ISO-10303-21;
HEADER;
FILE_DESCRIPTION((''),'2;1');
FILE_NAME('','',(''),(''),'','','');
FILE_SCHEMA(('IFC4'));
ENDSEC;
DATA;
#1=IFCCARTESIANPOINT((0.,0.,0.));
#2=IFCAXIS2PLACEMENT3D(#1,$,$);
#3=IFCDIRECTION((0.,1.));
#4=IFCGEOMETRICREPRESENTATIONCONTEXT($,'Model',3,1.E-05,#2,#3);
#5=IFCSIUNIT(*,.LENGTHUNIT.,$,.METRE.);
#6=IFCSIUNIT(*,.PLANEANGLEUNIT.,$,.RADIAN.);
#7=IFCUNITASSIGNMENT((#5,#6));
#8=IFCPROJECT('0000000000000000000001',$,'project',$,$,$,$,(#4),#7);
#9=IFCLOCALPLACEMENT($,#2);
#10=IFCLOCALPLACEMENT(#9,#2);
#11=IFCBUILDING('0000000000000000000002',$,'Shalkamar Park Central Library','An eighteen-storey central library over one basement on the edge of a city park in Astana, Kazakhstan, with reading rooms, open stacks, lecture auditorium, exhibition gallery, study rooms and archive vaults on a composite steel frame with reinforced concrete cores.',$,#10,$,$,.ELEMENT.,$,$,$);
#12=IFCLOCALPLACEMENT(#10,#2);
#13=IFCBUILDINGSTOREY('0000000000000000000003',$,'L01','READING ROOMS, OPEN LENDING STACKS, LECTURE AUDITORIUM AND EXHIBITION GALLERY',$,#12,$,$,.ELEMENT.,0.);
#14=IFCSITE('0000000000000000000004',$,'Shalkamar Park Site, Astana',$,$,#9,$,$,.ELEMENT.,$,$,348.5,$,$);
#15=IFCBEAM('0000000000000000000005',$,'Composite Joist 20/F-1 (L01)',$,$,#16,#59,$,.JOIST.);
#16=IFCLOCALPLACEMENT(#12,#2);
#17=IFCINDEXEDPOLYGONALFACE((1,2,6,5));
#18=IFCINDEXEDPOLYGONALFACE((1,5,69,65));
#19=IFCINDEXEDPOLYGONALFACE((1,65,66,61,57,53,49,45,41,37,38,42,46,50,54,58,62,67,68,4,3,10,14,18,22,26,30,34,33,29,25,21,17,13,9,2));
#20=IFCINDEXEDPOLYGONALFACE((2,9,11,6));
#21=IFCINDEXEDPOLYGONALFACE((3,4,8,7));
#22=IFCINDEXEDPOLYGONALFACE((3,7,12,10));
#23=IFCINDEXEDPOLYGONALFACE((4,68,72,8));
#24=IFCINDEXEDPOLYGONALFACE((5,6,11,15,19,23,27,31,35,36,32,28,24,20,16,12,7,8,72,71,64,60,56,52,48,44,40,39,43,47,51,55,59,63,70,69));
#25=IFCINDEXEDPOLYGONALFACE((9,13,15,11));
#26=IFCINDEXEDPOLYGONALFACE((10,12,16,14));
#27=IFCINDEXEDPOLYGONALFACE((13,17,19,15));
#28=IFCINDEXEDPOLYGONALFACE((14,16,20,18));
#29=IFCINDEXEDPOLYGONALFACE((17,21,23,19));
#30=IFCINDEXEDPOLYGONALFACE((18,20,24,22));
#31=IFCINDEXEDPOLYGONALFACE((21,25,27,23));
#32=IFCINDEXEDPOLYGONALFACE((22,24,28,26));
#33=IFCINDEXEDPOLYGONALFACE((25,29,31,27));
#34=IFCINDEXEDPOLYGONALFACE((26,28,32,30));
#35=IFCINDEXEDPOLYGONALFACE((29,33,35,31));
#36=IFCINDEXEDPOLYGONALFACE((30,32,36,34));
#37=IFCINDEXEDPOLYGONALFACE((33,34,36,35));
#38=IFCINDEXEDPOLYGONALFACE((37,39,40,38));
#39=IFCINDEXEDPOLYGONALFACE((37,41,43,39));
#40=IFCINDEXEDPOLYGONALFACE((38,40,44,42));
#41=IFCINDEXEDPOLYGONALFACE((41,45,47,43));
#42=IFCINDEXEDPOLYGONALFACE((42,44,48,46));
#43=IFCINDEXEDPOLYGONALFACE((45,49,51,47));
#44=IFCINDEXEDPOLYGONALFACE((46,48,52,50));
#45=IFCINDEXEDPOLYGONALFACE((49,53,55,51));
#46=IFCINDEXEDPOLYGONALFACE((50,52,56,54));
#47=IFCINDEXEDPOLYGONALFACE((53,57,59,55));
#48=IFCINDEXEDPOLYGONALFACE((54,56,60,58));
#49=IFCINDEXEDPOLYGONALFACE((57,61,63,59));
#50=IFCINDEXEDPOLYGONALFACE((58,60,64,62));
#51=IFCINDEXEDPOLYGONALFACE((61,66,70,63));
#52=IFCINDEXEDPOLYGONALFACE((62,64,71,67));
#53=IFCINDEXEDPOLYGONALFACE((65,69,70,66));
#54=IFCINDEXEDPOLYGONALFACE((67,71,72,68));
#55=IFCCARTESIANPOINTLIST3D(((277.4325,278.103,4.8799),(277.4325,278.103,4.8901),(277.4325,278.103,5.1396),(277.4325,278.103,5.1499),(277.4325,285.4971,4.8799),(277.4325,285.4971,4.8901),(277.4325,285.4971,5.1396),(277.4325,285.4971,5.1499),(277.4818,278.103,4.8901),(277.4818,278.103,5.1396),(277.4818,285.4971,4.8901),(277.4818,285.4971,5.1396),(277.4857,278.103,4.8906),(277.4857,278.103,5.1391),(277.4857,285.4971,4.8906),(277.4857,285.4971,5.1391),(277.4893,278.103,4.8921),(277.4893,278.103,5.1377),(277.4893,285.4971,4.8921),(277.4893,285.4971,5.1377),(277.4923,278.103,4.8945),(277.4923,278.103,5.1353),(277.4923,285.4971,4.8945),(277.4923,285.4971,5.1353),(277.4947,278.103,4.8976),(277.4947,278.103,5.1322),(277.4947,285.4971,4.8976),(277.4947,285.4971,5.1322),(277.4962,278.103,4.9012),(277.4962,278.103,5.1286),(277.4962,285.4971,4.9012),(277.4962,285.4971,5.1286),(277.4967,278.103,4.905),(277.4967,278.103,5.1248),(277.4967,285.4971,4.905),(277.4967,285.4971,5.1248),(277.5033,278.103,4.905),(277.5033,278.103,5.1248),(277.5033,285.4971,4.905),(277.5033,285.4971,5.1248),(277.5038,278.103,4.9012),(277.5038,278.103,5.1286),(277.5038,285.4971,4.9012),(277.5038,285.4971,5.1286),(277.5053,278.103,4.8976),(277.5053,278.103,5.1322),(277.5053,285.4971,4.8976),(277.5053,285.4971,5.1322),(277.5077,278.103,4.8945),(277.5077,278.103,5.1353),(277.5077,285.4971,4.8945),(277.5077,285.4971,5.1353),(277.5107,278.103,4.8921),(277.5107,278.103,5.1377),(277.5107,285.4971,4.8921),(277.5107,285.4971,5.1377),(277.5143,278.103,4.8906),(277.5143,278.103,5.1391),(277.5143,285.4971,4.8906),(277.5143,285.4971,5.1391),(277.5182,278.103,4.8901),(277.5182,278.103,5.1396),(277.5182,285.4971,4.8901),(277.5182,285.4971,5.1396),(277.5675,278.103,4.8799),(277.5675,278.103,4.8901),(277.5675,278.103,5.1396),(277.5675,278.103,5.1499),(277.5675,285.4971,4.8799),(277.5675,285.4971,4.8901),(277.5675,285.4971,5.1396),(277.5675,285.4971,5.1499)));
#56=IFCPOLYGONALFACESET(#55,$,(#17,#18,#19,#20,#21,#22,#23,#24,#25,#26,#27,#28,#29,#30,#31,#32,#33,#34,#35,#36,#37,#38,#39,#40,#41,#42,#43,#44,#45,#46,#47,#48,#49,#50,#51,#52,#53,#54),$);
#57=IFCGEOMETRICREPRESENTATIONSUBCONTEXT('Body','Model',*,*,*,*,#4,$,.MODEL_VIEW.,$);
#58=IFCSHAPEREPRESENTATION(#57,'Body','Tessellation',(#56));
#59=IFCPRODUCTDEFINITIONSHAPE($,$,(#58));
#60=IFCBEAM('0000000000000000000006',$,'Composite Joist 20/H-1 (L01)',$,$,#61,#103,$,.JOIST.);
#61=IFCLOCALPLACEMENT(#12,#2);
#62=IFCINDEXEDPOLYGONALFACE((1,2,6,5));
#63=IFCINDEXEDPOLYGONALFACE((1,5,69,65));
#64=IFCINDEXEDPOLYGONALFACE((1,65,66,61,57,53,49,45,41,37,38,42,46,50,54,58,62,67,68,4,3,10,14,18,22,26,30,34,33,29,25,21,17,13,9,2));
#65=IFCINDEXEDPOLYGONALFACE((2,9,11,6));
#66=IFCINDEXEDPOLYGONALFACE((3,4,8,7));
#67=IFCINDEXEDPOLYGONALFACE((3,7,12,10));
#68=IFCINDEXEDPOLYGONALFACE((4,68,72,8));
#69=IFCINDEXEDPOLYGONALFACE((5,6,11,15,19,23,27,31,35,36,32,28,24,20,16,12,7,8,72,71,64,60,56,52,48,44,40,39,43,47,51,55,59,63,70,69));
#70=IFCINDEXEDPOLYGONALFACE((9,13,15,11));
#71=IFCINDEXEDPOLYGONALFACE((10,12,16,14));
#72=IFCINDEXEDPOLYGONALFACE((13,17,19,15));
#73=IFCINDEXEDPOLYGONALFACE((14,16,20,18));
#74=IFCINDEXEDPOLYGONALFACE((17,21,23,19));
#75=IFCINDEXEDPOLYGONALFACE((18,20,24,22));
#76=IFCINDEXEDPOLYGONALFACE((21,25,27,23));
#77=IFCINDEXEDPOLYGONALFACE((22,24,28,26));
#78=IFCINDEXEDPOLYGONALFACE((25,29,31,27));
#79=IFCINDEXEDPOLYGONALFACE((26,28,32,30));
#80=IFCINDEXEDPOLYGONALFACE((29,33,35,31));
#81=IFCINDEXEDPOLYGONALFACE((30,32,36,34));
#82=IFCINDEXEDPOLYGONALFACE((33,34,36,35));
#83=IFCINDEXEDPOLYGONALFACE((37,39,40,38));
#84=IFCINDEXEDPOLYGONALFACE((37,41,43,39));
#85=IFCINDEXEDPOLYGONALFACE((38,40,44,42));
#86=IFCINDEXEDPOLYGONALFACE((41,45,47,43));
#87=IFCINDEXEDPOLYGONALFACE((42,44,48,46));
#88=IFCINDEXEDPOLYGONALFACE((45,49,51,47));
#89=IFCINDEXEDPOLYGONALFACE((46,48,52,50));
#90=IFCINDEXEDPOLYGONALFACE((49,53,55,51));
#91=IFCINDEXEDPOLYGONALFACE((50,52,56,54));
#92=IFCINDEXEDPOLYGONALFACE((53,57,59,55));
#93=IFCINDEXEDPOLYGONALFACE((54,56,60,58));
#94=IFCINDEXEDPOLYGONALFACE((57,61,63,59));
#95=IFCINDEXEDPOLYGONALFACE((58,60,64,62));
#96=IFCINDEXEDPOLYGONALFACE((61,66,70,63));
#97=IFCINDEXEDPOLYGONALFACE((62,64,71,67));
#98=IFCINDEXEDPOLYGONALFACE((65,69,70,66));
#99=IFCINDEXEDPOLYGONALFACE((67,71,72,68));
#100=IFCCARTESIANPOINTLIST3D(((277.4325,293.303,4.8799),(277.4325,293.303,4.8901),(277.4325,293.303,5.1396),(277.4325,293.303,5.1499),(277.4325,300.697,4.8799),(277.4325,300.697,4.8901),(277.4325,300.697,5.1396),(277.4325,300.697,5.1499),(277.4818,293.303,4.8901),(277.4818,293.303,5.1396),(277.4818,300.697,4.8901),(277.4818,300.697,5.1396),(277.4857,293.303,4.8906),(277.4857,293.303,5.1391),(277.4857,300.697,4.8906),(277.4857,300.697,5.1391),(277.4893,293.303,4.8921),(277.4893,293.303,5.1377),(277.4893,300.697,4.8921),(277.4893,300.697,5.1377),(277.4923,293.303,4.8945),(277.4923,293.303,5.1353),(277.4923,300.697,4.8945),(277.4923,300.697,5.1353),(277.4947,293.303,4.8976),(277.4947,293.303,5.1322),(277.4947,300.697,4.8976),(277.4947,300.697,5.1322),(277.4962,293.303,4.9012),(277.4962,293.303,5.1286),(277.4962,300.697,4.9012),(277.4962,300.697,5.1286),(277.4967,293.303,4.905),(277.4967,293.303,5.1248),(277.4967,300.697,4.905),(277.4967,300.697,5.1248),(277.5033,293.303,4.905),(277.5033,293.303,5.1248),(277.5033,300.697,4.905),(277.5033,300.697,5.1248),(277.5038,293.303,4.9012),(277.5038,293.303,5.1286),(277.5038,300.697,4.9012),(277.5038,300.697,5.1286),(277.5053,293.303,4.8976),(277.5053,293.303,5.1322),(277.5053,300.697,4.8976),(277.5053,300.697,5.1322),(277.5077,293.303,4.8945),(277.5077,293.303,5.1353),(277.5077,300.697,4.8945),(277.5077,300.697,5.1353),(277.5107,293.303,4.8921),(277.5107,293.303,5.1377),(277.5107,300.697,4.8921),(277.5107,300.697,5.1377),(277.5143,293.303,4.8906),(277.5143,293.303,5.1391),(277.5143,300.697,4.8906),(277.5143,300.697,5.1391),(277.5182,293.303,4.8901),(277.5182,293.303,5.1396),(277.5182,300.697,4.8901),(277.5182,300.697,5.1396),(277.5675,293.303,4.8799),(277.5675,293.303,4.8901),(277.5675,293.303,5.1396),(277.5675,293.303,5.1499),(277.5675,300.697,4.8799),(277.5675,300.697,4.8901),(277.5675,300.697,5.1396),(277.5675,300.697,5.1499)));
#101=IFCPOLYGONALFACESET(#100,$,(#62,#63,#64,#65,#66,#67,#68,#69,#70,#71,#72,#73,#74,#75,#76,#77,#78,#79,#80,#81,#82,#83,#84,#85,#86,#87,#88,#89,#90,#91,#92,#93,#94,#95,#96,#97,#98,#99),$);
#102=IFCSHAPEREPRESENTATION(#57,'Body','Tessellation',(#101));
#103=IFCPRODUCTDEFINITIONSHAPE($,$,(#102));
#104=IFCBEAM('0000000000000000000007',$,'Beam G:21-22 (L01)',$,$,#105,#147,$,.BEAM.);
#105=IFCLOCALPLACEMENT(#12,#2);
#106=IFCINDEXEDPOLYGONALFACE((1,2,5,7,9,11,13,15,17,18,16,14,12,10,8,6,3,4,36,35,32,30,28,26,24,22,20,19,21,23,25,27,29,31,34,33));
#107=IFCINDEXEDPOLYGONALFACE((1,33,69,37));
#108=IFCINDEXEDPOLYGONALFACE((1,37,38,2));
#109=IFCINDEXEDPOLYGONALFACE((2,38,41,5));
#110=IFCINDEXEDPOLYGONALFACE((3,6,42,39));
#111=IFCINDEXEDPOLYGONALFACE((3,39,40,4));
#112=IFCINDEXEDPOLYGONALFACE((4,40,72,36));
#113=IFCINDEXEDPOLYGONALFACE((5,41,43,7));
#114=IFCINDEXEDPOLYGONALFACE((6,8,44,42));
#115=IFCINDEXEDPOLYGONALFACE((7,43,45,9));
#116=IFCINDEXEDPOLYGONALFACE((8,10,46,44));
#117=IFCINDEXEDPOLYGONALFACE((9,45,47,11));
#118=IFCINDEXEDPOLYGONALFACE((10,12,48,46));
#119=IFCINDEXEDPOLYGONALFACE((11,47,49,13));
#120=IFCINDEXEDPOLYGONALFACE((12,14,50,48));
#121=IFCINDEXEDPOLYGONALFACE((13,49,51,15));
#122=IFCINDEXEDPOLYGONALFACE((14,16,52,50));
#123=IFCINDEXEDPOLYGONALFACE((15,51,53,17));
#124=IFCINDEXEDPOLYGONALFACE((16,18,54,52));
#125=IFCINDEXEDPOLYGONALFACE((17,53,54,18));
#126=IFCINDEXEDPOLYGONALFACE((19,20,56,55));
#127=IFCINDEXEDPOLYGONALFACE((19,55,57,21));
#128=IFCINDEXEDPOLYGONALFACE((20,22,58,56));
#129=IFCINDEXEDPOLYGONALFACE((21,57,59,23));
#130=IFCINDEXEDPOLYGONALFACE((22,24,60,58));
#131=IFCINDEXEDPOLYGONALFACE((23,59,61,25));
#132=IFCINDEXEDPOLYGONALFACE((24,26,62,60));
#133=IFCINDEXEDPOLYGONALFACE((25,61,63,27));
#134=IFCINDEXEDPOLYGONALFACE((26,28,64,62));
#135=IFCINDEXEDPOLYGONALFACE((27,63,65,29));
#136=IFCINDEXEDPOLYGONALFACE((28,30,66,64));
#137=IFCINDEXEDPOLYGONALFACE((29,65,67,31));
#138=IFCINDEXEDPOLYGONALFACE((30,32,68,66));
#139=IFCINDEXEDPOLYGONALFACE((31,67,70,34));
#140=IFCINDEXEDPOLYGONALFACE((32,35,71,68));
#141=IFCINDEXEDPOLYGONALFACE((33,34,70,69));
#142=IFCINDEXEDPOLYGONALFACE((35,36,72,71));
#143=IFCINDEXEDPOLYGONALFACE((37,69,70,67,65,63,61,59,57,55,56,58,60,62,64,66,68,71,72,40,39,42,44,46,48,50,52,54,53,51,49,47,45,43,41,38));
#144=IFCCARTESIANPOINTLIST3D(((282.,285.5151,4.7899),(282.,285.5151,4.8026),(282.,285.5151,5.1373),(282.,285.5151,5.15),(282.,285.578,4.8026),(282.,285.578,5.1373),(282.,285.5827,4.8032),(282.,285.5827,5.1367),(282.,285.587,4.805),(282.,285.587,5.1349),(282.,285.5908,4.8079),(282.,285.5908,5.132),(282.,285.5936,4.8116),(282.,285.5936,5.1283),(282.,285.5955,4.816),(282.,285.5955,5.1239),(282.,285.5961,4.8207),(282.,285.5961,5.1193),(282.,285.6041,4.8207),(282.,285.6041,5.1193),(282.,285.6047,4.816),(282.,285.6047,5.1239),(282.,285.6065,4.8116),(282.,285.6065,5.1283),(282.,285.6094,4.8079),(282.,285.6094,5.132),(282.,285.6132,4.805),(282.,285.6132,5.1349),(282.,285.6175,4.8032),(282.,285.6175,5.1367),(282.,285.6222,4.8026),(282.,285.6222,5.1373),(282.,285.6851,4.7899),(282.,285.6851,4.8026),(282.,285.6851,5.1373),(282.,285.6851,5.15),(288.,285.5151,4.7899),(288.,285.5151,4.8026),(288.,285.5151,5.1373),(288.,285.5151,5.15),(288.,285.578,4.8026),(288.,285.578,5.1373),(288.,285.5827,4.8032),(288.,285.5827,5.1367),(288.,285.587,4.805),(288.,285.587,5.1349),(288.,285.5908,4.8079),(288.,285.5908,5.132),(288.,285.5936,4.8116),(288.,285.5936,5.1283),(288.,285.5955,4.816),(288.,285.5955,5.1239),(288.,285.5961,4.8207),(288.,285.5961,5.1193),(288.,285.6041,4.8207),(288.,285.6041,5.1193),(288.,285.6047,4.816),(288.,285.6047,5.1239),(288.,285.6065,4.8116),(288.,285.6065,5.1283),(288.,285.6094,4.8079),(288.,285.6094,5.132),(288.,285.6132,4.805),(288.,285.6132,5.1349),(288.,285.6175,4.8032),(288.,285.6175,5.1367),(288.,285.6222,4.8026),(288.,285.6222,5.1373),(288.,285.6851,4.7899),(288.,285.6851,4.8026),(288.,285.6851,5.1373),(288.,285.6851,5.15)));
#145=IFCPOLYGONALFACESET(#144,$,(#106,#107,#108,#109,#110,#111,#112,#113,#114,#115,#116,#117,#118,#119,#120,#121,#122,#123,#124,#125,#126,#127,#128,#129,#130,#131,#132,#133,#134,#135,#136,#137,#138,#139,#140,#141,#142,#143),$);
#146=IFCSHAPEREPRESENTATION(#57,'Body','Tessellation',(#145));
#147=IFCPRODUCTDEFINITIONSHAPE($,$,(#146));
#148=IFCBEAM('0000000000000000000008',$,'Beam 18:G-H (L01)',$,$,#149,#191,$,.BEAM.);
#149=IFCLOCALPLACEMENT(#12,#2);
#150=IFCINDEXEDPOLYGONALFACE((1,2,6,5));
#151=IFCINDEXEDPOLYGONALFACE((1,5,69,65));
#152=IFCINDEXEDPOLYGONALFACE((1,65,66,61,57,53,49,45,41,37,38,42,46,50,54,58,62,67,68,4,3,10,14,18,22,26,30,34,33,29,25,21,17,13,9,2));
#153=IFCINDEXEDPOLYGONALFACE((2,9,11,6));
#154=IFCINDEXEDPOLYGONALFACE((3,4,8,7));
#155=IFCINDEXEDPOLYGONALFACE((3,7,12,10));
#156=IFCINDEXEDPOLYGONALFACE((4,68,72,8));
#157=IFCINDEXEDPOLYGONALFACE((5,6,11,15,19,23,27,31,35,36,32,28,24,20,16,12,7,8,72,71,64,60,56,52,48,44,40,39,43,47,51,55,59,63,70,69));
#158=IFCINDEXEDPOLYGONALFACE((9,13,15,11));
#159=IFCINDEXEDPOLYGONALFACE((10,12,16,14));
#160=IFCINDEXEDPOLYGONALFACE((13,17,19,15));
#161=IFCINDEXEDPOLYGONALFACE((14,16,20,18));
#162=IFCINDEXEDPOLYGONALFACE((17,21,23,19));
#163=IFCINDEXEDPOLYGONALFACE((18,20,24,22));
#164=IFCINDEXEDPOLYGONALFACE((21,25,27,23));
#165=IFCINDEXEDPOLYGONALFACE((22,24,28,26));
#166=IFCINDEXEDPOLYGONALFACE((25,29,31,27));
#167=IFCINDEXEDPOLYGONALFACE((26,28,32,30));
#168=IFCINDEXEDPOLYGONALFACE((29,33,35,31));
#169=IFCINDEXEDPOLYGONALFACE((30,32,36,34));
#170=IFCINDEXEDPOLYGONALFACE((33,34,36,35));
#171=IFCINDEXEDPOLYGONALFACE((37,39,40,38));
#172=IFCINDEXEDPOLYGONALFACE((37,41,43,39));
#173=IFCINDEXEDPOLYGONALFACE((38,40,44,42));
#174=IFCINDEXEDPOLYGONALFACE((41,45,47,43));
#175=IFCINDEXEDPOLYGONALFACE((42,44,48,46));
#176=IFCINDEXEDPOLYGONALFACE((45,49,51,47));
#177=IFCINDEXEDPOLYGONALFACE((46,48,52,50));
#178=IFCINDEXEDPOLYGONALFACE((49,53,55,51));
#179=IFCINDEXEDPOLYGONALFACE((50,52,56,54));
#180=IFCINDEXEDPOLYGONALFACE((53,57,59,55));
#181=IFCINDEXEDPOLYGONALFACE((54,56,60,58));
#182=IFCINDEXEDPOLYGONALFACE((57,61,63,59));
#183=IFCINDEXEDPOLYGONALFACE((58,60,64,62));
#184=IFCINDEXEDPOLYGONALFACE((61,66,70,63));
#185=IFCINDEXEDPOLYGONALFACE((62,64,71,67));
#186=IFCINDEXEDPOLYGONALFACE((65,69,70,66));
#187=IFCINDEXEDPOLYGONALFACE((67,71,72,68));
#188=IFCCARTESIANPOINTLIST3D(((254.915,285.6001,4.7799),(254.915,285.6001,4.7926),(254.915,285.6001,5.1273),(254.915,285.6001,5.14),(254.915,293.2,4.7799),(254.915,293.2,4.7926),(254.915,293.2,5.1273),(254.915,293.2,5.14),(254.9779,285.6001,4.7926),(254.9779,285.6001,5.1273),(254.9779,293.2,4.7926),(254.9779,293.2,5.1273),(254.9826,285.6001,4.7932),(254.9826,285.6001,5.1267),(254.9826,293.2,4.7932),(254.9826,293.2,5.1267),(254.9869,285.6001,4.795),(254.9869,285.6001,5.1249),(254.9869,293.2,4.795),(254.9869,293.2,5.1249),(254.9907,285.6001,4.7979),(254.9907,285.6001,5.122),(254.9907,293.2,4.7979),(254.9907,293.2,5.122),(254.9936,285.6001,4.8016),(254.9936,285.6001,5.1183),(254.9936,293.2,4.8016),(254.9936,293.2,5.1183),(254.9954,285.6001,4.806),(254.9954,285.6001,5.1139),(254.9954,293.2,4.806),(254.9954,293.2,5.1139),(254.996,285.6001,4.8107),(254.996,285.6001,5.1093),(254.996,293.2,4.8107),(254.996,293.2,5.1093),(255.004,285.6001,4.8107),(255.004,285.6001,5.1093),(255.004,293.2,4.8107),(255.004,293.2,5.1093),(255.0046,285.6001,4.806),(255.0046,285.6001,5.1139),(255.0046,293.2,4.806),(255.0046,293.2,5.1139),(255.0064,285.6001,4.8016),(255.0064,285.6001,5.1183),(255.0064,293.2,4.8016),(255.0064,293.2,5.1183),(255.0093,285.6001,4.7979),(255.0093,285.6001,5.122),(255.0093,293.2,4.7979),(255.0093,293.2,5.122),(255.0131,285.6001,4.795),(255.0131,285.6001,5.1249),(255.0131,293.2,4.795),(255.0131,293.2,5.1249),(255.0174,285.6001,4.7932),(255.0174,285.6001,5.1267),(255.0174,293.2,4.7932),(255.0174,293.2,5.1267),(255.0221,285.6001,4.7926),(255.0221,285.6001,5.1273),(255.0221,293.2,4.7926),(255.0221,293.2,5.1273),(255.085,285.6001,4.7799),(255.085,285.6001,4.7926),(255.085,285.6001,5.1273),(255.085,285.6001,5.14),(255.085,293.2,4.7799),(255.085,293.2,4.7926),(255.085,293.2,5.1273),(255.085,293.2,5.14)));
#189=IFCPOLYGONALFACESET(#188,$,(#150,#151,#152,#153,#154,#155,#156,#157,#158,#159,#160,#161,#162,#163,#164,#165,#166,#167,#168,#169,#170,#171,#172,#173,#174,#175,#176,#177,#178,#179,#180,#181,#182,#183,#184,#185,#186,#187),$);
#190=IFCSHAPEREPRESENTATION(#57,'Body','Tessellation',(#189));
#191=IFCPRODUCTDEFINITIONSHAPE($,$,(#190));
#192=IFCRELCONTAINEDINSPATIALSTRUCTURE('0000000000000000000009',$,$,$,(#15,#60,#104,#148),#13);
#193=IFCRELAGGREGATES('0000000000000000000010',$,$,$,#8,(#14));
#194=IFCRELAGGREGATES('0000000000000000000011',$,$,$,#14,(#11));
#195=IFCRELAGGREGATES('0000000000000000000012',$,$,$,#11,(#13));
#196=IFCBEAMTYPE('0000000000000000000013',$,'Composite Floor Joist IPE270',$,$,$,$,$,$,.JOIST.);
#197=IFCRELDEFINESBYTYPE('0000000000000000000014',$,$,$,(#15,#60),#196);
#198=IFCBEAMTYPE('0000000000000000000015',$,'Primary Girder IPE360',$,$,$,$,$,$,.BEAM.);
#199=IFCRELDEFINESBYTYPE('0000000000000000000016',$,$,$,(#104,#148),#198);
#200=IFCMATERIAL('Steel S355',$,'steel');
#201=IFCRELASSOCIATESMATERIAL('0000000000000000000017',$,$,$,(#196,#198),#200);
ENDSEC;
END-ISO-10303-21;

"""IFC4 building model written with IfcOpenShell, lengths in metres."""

from ifc_helpers import new_model, si_unit, direction, frame, origin, origin_2d, place, context, subcontext, project, spatial, i_section, extrude, material, material_profile, profile_set, type_object, element, save


model = new_model("IFC4")

# Units and contexts
model_context = context("Model", 3, precision=1e-05, world=origin(), true_north=direction((0.0, 1.0)))
body_context = subcontext(model_context, "Body", "Model", "MODEL_VIEW")
ifc_project = project(units=[si_unit("LENGTHUNIT", "METRE"), si_unit("PLANEANGLEUNIT", "RADIAN")], contexts=[model_context])

# Site, building, storey
site_placement = place(None, origin())
site = spatial("IfcSite", under=ifc_project, at=site_placement, Name="Shalkamar Park Site, Astana", CompositionType="ELEMENT", RefElevation=348.5)
building_placement = place(site_placement, origin())
building = spatial("IfcBuilding", under=site, at=building_placement, Name="Shalkamar Park Central Library", Description="An eighteen-storey central library over one basement on the edge of a city park in Astana, Kazakhstan, with reading rooms, open stacks, lecture auditorium, exhibition gallery, study rooms and archive vaults on a composite steel frame with reinforced concrete cores.", CompositionType="ELEMENT")
storey_placement = place(building_placement, origin())
storey = spatial("IfcBuildingStorey", under=building, at=storey_placement, Name="L01", Description="READING ROOMS, OPEN LENDING STACKS, LECTURE AUDITORIUM AND EXHIBITION GALLERY", CompositionType="ELEMENT", Elevation=0.0)

# Shared definitions
ifc_material = material(Name="Steel S355", Category="steel")

# Beams
ifc_material_profile_1 = material_profile(ifc_material, i_section(OverallWidth=0.135, OverallDepth=0.27, WebThickness=0.0066, FlangeThickness=0.0103, FilletRadius=0.0149, at=origin_2d()), Name="IPE 270")
ifc_profile_set_1 = profile_set([ifc_material_profile_1], Name="Steel S355")
beam_type_1 = type_object("IfcBeamType", Name="Composite Floor Joist IPE270", PredefinedType="JOIST", material=ifc_profile_set_1)
for number, where, z_axis, x_axis, name in (
    (1, (277.5, 278.103, 5.0149), (0.0, 1.0, 0.0), (-1.0, 0.0, 0.0), "Composite Joist 20/F-1 (L01)"),
    (2, (277.5, 293.303, 5.0149), (0.0, 1.0, 0.0), (-1.0, 0.0, 0.0), "Composite Joist 20/H-1 (L01)"),
):
    element("IfcBeam", number, at=place(storey_placement, frame(where, z_axis=z_axis, x_axis=x_axis)), inside=storey, type_object=beam_type_1, Name=name, PredefinedType="JOIST", context=body_context, shape_type="SweptSolid", body=[
        extrude(i_section(OverallWidth=0.135, OverallDepth=0.27, WebThickness=0.0066, FlangeThickness=0.0103, FilletRadius=0.0149, at=origin_2d()), origin(), (0.0, 0.0, 1.0), 7.394),
    ])
ifc_material_profile_2 = material_profile(ifc_material, i_section(OverallWidth=0.1699, OverallDepth=0.3601, WebThickness=0.0081, FlangeThickness=0.0127, FilletRadius=0.0181, at=origin_2d()), Name="IPE 360")
ifc_profile_set_2 = profile_set([ifc_material_profile_2], Name="Steel S355")
beam_type_2 = type_object("IfcBeamType", Name="Primary Girder IPE360", PredefinedType="BEAM", material=ifc_profile_set_2)
beam_1_placement = place(storey_placement, frame((282.0, 285.6001, 4.97), z_axis=(1.0, 0.0, 0.0), x_axis=(0.0, 1.0, 0.0)))
element("IfcBeam", 3, at=beam_1_placement, inside=storey, type_object=beam_type_2, Name="Beam G:21-22 (L01)", PredefinedType="BEAM", context=body_context, shape_type="SweptSolid", body=[
    extrude(i_section(OverallWidth=0.1699, OverallDepth=0.3601, WebThickness=0.0081, FlangeThickness=0.0127, FilletRadius=0.0181, at=origin_2d()), origin(), (0.0, 0.0, 1.0), 6.0),
])
beam_2_placement = place(storey_placement, frame((255.0, 285.6001, 4.96), z_axis=(0.0, 1.0, 0.0), x_axis=(-1.0, 0.0, 0.0)))
element("IfcBeam", 4, at=beam_2_placement, inside=storey, type_object=beam_type_2, Name="Beam 18:G-H (L01)", PredefinedType="BEAM", context=body_context, shape_type="SweptSolid", body=[
    extrude(i_section(OverallWidth=0.1699, OverallDepth=0.3601, WebThickness=0.0081, FlangeThickness=0.0127, FilletRadius=0.0181, at=origin_2d()), origin(), (0.0, 0.0, 1.0), 7.5999),
])

save(model, "model.ifc")
